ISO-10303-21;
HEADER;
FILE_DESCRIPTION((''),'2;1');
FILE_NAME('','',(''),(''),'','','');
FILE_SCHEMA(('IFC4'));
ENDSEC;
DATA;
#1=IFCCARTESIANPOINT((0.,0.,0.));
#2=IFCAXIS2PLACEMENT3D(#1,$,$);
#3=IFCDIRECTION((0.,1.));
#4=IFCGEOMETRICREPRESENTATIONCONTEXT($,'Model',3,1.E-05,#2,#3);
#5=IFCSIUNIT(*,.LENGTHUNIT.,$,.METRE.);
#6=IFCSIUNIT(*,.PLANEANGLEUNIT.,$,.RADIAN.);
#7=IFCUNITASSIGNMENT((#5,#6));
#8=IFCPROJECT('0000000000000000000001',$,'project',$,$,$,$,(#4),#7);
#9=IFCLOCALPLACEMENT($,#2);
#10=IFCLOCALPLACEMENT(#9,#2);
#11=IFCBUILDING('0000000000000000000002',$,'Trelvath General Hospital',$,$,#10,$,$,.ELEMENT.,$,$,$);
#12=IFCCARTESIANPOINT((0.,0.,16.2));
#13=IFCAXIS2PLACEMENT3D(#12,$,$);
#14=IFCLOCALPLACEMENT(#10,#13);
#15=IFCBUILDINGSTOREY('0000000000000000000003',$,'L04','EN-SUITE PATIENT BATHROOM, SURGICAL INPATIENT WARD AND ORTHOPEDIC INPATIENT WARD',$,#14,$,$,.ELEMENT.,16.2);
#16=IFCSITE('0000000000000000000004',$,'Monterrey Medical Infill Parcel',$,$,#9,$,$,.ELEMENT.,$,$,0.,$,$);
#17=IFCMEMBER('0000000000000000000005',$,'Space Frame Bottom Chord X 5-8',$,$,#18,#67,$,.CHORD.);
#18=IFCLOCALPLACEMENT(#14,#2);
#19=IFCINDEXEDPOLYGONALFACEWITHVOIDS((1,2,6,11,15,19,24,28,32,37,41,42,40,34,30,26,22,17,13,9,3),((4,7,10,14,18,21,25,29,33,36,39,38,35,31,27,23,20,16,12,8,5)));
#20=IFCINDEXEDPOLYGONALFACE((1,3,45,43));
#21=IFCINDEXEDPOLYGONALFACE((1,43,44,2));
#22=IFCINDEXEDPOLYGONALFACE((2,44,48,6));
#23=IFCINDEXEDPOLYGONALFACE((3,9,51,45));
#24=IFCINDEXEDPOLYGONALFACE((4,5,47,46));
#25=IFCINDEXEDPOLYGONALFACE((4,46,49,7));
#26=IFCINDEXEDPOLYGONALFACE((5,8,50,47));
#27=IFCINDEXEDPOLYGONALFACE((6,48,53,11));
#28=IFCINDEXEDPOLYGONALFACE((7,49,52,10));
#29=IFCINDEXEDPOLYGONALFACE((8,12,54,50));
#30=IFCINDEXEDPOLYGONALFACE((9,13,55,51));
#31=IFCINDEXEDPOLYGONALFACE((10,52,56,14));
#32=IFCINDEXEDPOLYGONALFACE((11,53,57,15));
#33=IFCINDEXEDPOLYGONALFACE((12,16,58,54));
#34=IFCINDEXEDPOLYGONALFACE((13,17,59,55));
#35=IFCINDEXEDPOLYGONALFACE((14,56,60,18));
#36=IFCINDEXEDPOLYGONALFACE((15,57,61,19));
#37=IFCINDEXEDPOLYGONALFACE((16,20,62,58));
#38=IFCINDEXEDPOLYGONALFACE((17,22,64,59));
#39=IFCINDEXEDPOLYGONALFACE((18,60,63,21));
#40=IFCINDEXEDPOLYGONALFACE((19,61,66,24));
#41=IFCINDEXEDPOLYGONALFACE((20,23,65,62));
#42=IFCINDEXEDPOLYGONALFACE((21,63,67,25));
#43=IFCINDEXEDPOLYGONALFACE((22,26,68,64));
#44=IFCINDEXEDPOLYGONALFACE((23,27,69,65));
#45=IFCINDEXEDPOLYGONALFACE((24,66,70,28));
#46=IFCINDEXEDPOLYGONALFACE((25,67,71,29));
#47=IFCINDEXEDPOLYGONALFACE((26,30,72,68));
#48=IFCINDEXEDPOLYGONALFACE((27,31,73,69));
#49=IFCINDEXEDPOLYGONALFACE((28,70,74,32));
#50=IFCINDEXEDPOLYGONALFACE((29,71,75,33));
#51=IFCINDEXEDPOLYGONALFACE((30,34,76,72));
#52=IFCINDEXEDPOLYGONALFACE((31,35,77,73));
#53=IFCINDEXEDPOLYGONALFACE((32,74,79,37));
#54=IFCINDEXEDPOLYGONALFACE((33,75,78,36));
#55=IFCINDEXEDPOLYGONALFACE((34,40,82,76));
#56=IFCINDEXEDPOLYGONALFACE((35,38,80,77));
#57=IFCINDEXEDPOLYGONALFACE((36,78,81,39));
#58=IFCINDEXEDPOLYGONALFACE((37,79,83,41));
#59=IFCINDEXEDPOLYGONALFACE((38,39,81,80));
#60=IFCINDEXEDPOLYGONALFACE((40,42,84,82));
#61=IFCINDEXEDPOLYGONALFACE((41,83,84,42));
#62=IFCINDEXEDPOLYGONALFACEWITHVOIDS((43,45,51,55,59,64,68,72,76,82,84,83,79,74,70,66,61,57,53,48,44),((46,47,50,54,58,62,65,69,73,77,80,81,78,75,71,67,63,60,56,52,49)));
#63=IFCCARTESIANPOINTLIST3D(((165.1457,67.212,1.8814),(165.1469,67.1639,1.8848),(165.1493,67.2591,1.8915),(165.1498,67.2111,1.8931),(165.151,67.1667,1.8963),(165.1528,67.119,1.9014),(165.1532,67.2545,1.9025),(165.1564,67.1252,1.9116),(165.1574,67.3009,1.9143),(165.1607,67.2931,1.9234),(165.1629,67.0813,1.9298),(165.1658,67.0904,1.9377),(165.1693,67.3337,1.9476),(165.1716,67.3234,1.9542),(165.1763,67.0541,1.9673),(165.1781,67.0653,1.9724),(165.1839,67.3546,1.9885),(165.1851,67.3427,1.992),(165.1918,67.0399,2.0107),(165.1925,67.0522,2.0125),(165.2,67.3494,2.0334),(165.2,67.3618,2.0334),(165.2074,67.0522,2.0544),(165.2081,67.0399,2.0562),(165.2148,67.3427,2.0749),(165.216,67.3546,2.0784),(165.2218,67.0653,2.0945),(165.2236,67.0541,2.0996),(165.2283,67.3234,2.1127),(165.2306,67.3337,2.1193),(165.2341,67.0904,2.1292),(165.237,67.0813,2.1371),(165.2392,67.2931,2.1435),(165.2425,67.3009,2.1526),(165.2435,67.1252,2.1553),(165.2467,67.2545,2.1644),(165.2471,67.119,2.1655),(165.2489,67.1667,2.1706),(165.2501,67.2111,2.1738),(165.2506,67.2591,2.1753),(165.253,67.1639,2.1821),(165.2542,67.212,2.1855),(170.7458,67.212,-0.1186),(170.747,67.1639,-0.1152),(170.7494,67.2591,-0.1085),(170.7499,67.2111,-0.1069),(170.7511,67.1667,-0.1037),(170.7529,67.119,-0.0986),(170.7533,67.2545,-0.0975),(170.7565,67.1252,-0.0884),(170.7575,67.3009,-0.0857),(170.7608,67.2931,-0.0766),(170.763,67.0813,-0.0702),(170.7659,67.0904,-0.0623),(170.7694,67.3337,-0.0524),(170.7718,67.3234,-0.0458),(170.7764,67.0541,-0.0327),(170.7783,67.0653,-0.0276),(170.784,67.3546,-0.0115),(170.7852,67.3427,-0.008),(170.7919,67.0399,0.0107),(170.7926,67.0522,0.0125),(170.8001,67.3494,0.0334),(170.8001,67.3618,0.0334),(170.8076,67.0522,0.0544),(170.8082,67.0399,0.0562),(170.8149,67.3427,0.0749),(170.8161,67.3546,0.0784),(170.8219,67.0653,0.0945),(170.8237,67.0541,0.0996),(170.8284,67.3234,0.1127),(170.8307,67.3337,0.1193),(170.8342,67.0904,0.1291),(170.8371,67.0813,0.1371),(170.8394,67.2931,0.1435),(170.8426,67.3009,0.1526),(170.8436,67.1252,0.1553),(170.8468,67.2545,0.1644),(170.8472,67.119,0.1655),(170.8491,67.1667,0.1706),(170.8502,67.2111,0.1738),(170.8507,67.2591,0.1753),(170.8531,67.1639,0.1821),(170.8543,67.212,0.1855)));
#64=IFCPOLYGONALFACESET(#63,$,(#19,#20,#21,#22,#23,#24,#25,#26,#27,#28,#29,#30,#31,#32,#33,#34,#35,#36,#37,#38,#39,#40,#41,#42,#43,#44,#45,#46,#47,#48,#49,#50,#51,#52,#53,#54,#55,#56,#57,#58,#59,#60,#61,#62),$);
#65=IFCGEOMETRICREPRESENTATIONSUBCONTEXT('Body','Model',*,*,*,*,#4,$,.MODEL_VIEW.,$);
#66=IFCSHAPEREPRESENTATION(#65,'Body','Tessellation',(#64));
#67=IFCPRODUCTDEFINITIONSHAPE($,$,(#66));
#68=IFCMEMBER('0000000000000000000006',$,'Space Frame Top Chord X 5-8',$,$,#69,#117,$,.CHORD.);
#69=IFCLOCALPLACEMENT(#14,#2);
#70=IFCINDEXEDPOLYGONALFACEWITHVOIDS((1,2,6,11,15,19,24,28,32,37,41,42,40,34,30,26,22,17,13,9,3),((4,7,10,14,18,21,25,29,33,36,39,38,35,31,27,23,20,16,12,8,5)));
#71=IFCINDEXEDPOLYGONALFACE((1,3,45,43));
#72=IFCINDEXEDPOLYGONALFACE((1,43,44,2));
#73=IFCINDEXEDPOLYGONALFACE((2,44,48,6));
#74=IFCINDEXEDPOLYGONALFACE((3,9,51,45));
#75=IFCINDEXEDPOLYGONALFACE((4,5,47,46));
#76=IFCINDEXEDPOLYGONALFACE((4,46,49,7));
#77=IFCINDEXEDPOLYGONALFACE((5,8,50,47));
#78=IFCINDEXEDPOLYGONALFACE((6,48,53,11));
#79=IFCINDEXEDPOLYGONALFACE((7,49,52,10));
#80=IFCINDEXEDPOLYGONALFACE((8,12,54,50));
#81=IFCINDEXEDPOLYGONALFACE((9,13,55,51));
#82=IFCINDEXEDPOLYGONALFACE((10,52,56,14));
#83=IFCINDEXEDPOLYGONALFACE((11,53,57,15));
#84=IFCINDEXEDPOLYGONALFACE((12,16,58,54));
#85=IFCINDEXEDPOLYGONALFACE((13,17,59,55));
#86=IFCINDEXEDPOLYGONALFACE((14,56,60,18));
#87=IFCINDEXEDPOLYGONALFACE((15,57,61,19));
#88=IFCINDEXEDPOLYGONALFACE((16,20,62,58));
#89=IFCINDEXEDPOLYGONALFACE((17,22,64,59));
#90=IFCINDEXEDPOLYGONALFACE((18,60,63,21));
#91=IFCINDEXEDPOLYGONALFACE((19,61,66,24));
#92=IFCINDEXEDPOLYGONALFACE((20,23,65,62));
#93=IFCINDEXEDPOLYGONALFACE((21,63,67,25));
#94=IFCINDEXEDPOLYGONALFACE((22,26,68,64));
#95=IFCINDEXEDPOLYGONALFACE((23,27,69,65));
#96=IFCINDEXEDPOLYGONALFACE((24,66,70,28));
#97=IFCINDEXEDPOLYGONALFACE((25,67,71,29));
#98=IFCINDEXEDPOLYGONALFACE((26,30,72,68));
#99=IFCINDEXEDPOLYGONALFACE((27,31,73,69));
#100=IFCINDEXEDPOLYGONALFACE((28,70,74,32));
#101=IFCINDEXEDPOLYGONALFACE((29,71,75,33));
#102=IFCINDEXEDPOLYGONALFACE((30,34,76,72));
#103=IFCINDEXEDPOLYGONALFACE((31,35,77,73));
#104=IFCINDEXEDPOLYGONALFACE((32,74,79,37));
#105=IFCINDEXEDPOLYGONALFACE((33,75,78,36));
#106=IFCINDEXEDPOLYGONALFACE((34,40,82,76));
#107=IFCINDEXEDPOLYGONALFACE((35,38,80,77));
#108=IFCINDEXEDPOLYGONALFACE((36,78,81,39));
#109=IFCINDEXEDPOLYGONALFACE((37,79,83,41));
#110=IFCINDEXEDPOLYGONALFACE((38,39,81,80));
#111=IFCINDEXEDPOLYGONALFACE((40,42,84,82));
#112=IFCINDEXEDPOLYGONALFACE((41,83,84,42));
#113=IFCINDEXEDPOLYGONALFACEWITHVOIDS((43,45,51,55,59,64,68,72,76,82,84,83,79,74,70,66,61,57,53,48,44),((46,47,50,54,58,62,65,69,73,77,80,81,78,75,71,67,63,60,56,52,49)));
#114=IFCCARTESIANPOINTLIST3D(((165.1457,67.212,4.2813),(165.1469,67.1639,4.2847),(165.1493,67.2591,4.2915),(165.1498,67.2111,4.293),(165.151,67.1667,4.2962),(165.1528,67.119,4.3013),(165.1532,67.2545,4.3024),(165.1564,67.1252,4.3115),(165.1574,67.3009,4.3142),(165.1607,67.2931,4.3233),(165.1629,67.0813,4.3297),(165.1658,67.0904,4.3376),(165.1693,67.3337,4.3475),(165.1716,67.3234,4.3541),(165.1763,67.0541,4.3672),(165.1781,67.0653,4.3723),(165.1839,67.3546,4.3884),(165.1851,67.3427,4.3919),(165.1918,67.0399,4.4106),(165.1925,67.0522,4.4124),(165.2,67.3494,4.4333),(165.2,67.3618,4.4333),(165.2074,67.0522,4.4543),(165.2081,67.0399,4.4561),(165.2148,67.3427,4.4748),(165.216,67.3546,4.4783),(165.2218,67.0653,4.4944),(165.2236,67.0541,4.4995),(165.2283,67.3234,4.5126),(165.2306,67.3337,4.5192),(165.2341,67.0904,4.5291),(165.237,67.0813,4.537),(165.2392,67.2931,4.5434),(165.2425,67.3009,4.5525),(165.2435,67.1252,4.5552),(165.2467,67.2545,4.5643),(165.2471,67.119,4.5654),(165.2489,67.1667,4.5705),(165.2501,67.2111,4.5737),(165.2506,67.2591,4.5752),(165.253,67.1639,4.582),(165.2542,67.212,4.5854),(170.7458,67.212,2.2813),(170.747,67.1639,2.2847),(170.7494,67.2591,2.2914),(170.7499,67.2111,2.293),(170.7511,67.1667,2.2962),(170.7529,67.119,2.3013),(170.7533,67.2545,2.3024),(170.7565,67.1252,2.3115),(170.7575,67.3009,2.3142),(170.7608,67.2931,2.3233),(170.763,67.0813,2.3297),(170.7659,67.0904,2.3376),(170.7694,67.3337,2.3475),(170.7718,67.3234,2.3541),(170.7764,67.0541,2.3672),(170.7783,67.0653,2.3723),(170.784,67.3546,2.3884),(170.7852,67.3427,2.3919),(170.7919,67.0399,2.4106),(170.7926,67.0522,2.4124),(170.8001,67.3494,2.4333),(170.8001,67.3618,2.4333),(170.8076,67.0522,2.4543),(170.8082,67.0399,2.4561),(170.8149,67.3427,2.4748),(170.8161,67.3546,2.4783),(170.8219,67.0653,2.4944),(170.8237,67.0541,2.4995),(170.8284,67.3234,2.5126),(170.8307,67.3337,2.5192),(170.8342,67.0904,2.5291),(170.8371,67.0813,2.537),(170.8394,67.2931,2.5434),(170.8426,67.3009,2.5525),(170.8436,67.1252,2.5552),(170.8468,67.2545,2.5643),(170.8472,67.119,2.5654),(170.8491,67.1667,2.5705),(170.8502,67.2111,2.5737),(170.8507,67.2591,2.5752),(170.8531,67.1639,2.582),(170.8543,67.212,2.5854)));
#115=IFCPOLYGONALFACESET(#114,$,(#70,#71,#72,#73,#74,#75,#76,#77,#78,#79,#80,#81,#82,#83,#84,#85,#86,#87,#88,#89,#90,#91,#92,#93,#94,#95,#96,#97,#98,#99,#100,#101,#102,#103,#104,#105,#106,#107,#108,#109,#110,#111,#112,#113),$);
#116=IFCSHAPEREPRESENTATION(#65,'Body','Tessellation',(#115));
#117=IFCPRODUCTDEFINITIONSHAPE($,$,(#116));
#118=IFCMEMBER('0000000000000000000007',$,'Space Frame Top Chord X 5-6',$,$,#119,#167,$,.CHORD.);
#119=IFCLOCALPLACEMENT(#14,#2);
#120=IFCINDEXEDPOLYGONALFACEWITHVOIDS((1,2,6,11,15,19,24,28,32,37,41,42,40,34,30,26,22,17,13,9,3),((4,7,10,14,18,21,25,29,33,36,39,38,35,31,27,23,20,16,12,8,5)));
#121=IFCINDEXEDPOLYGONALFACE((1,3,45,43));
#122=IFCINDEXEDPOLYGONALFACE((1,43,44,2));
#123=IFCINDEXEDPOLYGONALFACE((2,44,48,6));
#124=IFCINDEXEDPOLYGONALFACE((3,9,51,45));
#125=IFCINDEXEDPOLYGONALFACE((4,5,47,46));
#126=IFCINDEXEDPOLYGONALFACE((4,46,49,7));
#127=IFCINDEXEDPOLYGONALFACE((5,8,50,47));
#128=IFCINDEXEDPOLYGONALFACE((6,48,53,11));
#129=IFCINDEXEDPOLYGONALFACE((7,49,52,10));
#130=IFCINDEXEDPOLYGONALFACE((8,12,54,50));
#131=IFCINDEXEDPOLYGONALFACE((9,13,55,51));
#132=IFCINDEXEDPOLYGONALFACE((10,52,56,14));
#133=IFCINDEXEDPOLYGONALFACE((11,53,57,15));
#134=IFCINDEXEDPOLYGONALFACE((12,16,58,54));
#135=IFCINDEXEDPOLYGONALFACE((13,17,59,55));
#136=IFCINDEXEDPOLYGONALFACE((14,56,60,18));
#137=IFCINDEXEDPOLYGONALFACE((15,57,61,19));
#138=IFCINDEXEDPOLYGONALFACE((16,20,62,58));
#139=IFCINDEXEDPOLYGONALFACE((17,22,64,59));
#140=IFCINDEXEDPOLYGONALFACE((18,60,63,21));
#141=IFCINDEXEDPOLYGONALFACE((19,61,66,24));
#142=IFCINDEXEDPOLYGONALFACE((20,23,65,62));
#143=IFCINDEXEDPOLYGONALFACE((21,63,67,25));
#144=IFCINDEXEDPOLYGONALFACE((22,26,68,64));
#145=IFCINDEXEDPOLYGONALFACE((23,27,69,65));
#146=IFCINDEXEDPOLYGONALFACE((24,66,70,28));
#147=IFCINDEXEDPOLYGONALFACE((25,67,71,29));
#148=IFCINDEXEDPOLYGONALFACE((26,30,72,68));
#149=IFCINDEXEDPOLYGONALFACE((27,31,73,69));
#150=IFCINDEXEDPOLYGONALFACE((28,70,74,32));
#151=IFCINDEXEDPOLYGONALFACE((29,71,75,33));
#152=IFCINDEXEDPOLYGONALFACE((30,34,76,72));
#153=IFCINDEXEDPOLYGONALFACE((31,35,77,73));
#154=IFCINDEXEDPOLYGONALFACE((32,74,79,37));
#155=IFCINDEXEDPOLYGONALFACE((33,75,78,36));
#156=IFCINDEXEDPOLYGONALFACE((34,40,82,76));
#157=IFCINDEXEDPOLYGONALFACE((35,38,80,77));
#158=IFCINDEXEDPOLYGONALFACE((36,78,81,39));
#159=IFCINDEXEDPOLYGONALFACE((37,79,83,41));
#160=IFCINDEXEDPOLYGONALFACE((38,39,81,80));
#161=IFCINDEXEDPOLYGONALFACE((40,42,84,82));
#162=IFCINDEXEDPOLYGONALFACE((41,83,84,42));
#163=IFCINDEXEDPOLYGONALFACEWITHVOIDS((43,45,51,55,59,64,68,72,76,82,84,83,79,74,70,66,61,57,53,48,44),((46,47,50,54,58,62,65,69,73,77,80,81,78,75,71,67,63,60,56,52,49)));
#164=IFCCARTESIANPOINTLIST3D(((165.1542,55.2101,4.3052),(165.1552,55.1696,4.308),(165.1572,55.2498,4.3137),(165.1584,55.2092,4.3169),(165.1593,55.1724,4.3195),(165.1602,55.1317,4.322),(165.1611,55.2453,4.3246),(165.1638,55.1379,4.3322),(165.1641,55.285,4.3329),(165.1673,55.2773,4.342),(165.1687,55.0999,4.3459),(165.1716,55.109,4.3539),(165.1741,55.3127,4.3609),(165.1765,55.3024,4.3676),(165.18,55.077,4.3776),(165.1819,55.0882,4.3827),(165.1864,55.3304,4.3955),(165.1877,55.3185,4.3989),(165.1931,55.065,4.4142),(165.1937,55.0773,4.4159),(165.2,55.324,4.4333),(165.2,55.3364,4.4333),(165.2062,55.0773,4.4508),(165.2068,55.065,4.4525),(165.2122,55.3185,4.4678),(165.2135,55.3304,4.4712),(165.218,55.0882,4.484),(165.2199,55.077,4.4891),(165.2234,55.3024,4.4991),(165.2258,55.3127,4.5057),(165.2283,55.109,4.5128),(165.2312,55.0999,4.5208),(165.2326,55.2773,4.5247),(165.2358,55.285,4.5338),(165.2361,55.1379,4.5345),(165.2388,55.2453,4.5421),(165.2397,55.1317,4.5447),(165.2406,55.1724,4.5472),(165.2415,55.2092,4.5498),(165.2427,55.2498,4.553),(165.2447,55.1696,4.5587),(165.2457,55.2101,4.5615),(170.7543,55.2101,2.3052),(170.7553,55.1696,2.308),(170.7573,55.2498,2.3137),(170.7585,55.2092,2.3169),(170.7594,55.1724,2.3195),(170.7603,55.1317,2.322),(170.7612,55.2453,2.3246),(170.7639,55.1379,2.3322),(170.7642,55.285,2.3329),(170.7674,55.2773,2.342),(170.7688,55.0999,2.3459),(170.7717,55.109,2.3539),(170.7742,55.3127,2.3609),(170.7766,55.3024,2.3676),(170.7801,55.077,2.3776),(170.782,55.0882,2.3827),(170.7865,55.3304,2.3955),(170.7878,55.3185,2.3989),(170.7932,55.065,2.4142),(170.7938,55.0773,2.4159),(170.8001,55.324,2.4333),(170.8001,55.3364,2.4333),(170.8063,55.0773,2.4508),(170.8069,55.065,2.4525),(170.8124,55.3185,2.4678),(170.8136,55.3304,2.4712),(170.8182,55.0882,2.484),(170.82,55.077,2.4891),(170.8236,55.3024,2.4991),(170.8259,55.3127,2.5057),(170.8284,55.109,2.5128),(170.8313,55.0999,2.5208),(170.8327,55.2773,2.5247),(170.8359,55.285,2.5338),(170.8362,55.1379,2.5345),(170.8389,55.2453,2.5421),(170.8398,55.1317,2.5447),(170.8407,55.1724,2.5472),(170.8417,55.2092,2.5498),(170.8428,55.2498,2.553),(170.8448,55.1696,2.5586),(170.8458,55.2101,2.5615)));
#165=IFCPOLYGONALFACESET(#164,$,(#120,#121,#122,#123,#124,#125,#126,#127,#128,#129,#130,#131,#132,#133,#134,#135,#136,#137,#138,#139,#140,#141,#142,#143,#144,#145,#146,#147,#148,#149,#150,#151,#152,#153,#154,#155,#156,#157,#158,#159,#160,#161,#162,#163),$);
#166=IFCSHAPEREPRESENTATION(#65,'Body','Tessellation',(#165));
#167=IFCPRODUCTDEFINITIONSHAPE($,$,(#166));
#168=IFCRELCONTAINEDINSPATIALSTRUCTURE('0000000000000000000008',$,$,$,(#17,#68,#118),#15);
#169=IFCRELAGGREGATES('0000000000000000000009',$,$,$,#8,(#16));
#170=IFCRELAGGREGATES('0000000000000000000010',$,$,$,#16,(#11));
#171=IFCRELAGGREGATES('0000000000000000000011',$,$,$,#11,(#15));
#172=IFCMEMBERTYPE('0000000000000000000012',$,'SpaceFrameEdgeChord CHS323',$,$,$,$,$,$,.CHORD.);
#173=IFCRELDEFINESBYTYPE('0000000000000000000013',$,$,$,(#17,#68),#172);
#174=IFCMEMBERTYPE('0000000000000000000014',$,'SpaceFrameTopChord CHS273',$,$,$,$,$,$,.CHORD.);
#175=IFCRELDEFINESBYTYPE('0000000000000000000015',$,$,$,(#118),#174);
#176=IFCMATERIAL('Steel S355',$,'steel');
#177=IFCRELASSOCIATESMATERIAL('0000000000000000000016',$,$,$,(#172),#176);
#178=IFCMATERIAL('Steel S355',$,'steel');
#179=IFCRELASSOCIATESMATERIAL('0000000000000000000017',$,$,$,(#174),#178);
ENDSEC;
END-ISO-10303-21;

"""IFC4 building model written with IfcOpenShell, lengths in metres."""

from ifc_helpers import new_model, si_unit, direction, frame, origin, origin_2d, place, context, subcontext, project, spatial, hollow_circle, extrude, material, material_profile, profile_set, type_object, element, save


model = new_model("IFC4")

# Units and contexts
model_context = context("Model", 3, precision=1e-05, world=origin(), true_north=direction((0.0, 1.0)))
body_context = subcontext(model_context, "Body", "Model", "MODEL_VIEW")
ifc_project = project(units=[si_unit("LENGTHUNIT", "METRE"), si_unit("PLANEANGLEUNIT", "RADIAN")], contexts=[model_context])

# Site, building, storey
site_placement = place(None, origin())
site = spatial("IfcSite", under=ifc_project, at=site_placement, Name="Monterrey Medical Infill Parcel", CompositionType="ELEMENT", RefElevation=0.0)
building_placement = place(site_placement, origin())
building = spatial("IfcBuilding", under=site, at=building_placement, Name="Trelvath General Hospital", CompositionType="ELEMENT")
storey_placement = place(building_placement, frame((0.0, 0.0, 16.2)))
storey = spatial("IfcBuildingStorey", under=building, at=storey_placement, Name="L04", Description="EN-SUITE PATIENT BATHROOM, SURGICAL INPATIENT WARD AND ORTHOPEDIC INPATIENT WARD", CompositionType="ELEMENT", Elevation=16.2)

# Members
ifc_material_1 = material(Name="Steel S355", Category="steel")
ifc_material_profile_1 = material_profile(ifc_material_1, hollow_circle(Radius=0.1619, WallThickness=0.0125, at=origin_2d()), Name="CHS323.9x12.5")
ifc_profile_set_1 = profile_set([ifc_material_profile_1], Name="Steel S355")
member_type_1 = type_object("IfcMemberType", Name="SpaceFrameEdgeChord CHS323", PredefinedType="CHORD", material=ifc_profile_set_1)
for number, where, z_axis, x_axis, name in (
    (1, (165.2, 67.2, 2.0334), (0.941744, 0.0, -0.336331), (0.0, 1.0, 0.0), "Space Frame Bottom Chord X 5-8"),
    (2, (165.2, 67.2, 4.4333), (0.941744, 0.0, -0.336331), (0.0, 1.0, 0.0), "Space Frame Top Chord X 5-8"),
):
    element("IfcMember", number, at=place(storey_placement, frame(where, z_axis=z_axis, x_axis=x_axis)), inside=storey, type_object=member_type_1, Name=name, PredefinedType="CHORD", context=body_context, shape_type="SweptSolid", body=[
        extrude(hollow_circle(Radius=0.1619, WallThickness=0.0125, at=origin_2d()), origin(), (0.0, 0.0, 1.0), 5.9465),
    ])
ifc_material_2 = material(Name="Steel S355", Category="steel")
ifc_material_profile_2 = material_profile(ifc_material_2, hollow_circle(Radius=0.1365, WallThickness=0.0125, at=origin_2d()), Name="CHS273.0x12.5")
ifc_profile_set_2 = profile_set([ifc_material_profile_2], Name="Steel S355")
member_type_2 = type_object("IfcMemberType", Name="SpaceFrameTopChord CHS273", PredefinedType="CHORD", material=ifc_profile_set_2)
member_1_placement = place(storey_placement, frame((165.2, 55.2, 4.4333), z_axis=(0.941744, 0.0, -0.336331), x_axis=(0.0, 1.0, 0.0)))
element("IfcMember", 3, at=member_1_placement, inside=storey, type_object=member_type_2, Name="Space Frame Top Chord X 5-6", PredefinedType="CHORD", context=body_context, shape_type="SweptSolid", body=[
    extrude(hollow_circle(Radius=0.1365, WallThickness=0.0125, at=origin_2d()), origin(), (0.0, 0.0, 1.0), 5.9465),
])

save(model, "model.ifc")
